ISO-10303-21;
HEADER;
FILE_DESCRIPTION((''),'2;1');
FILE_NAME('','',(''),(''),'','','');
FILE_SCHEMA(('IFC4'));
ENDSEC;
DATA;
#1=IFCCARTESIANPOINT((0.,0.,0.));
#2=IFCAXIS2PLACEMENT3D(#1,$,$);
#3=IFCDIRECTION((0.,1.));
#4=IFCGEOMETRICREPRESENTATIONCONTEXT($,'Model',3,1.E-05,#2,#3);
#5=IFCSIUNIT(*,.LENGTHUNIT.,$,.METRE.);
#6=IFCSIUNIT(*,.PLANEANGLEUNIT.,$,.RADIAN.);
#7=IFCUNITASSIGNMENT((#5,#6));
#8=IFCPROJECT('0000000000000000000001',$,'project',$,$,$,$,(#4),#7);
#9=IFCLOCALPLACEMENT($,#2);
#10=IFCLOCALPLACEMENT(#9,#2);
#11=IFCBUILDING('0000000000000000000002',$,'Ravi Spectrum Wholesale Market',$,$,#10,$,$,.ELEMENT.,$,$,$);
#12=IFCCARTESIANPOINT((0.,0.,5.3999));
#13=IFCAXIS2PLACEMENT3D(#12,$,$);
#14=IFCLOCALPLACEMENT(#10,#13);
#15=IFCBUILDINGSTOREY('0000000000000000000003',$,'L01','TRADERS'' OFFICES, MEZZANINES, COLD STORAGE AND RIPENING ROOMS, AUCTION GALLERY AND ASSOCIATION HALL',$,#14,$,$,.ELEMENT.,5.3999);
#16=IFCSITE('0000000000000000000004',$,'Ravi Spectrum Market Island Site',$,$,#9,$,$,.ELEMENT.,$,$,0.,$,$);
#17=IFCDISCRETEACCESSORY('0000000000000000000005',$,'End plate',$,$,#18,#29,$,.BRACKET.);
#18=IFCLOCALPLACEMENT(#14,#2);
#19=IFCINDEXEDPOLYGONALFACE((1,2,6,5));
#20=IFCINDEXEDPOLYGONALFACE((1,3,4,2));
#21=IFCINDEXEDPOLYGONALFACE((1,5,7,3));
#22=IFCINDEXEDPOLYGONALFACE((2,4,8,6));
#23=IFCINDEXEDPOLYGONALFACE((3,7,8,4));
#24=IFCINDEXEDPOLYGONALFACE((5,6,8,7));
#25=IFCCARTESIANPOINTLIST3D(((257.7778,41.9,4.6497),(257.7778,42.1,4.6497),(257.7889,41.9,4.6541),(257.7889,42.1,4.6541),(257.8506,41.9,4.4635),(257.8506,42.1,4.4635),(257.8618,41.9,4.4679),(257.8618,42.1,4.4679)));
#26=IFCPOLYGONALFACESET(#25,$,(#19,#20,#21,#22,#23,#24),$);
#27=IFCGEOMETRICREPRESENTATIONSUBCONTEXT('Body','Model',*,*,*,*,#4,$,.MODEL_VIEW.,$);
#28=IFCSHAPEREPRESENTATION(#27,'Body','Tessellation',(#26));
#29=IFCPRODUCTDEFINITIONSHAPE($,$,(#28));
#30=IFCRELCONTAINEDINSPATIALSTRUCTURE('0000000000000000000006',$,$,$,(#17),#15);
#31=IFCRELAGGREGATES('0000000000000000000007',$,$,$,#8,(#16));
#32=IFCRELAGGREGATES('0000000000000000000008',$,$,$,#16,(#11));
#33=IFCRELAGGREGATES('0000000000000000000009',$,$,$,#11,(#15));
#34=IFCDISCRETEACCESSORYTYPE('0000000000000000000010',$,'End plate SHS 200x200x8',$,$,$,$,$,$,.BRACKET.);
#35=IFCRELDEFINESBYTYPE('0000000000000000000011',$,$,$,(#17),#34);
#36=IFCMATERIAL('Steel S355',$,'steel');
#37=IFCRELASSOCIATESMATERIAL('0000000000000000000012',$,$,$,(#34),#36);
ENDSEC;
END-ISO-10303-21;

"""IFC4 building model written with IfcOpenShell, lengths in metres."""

from ifc_helpers import new_model, si_unit, direction, frame, origin, origin_2d, place, context, subcontext, project, spatial, rectangle, extrude, material, material_profile, profile_set, type_object, element, save


model = new_model("IFC4")

# Units and contexts
model_context = context("Model", 3, precision=1e-05, world=origin(), true_north=direction((0.0, 1.0)))
body_context = subcontext(model_context, "Body", "Model", "MODEL_VIEW")
ifc_project = project(units=[si_unit("LENGTHUNIT", "METRE"), si_unit("PLANEANGLEUNIT", "RADIAN")], contexts=[model_context])

# Site, building, storey
site_placement = place(None, origin())
site = spatial("IfcSite", under=ifc_project, at=site_placement, Name="Ravi Spectrum Market Island Site", CompositionType="ELEMENT", RefElevation=0.0)
building_placement = place(site_placement, origin())
building = spatial("IfcBuilding", under=site, at=building_placement, Name="Ravi Spectrum Wholesale Market", CompositionType="ELEMENT")
storey_placement = place(building_placement, frame((0.0, 0.0, 5.3999)))
storey = spatial("IfcBuildingStorey", under=building, at=storey_placement, Name="L01", Description="TRADERS' OFFICES, MEZZANINES, COLD STORAGE AND RIPENING ROOMS, AUCTION GALLERY AND ASSOCIATION HALL", CompositionType="ELEMENT", Elevation=5.3999)

# Discrete accessory
ifc_material_1 = material(Name="Steel S355", Category="steel")
ifc_material_profile_1 = material_profile(ifc_material_1, rectangle(XDim=0.2, YDim=0.2, at=origin_2d()))
ifc_profile_set_1 = profile_set([ifc_material_profile_1], Name="Steel S355")
discrete_accessory_type = type_object("IfcDiscreteAccessoryType", Name="End plate SHS 200x200x8", PredefinedType="BRACKET", material=ifc_profile_set_1)
discrete_accessory_placement = place(storey_placement, frame((257.8142, 42.0, 4.5566), z_axis=(0.931243, 0.0, 0.364399), x_axis=(0.0, 1.0, 0.0)))
element("IfcDiscreteAccessory", 1, at=discrete_accessory_placement, inside=storey, type_object=discrete_accessory_type, Name="End plate", PredefinedType="BRACKET", context=body_context, shape_type="SweptSolid", body=[
    extrude(rectangle(XDim=0.2, YDim=0.2, at=origin_2d()), origin(), (0.0, 0.0, 1.0), 0.012),
])

save(model, "model.ifc")
